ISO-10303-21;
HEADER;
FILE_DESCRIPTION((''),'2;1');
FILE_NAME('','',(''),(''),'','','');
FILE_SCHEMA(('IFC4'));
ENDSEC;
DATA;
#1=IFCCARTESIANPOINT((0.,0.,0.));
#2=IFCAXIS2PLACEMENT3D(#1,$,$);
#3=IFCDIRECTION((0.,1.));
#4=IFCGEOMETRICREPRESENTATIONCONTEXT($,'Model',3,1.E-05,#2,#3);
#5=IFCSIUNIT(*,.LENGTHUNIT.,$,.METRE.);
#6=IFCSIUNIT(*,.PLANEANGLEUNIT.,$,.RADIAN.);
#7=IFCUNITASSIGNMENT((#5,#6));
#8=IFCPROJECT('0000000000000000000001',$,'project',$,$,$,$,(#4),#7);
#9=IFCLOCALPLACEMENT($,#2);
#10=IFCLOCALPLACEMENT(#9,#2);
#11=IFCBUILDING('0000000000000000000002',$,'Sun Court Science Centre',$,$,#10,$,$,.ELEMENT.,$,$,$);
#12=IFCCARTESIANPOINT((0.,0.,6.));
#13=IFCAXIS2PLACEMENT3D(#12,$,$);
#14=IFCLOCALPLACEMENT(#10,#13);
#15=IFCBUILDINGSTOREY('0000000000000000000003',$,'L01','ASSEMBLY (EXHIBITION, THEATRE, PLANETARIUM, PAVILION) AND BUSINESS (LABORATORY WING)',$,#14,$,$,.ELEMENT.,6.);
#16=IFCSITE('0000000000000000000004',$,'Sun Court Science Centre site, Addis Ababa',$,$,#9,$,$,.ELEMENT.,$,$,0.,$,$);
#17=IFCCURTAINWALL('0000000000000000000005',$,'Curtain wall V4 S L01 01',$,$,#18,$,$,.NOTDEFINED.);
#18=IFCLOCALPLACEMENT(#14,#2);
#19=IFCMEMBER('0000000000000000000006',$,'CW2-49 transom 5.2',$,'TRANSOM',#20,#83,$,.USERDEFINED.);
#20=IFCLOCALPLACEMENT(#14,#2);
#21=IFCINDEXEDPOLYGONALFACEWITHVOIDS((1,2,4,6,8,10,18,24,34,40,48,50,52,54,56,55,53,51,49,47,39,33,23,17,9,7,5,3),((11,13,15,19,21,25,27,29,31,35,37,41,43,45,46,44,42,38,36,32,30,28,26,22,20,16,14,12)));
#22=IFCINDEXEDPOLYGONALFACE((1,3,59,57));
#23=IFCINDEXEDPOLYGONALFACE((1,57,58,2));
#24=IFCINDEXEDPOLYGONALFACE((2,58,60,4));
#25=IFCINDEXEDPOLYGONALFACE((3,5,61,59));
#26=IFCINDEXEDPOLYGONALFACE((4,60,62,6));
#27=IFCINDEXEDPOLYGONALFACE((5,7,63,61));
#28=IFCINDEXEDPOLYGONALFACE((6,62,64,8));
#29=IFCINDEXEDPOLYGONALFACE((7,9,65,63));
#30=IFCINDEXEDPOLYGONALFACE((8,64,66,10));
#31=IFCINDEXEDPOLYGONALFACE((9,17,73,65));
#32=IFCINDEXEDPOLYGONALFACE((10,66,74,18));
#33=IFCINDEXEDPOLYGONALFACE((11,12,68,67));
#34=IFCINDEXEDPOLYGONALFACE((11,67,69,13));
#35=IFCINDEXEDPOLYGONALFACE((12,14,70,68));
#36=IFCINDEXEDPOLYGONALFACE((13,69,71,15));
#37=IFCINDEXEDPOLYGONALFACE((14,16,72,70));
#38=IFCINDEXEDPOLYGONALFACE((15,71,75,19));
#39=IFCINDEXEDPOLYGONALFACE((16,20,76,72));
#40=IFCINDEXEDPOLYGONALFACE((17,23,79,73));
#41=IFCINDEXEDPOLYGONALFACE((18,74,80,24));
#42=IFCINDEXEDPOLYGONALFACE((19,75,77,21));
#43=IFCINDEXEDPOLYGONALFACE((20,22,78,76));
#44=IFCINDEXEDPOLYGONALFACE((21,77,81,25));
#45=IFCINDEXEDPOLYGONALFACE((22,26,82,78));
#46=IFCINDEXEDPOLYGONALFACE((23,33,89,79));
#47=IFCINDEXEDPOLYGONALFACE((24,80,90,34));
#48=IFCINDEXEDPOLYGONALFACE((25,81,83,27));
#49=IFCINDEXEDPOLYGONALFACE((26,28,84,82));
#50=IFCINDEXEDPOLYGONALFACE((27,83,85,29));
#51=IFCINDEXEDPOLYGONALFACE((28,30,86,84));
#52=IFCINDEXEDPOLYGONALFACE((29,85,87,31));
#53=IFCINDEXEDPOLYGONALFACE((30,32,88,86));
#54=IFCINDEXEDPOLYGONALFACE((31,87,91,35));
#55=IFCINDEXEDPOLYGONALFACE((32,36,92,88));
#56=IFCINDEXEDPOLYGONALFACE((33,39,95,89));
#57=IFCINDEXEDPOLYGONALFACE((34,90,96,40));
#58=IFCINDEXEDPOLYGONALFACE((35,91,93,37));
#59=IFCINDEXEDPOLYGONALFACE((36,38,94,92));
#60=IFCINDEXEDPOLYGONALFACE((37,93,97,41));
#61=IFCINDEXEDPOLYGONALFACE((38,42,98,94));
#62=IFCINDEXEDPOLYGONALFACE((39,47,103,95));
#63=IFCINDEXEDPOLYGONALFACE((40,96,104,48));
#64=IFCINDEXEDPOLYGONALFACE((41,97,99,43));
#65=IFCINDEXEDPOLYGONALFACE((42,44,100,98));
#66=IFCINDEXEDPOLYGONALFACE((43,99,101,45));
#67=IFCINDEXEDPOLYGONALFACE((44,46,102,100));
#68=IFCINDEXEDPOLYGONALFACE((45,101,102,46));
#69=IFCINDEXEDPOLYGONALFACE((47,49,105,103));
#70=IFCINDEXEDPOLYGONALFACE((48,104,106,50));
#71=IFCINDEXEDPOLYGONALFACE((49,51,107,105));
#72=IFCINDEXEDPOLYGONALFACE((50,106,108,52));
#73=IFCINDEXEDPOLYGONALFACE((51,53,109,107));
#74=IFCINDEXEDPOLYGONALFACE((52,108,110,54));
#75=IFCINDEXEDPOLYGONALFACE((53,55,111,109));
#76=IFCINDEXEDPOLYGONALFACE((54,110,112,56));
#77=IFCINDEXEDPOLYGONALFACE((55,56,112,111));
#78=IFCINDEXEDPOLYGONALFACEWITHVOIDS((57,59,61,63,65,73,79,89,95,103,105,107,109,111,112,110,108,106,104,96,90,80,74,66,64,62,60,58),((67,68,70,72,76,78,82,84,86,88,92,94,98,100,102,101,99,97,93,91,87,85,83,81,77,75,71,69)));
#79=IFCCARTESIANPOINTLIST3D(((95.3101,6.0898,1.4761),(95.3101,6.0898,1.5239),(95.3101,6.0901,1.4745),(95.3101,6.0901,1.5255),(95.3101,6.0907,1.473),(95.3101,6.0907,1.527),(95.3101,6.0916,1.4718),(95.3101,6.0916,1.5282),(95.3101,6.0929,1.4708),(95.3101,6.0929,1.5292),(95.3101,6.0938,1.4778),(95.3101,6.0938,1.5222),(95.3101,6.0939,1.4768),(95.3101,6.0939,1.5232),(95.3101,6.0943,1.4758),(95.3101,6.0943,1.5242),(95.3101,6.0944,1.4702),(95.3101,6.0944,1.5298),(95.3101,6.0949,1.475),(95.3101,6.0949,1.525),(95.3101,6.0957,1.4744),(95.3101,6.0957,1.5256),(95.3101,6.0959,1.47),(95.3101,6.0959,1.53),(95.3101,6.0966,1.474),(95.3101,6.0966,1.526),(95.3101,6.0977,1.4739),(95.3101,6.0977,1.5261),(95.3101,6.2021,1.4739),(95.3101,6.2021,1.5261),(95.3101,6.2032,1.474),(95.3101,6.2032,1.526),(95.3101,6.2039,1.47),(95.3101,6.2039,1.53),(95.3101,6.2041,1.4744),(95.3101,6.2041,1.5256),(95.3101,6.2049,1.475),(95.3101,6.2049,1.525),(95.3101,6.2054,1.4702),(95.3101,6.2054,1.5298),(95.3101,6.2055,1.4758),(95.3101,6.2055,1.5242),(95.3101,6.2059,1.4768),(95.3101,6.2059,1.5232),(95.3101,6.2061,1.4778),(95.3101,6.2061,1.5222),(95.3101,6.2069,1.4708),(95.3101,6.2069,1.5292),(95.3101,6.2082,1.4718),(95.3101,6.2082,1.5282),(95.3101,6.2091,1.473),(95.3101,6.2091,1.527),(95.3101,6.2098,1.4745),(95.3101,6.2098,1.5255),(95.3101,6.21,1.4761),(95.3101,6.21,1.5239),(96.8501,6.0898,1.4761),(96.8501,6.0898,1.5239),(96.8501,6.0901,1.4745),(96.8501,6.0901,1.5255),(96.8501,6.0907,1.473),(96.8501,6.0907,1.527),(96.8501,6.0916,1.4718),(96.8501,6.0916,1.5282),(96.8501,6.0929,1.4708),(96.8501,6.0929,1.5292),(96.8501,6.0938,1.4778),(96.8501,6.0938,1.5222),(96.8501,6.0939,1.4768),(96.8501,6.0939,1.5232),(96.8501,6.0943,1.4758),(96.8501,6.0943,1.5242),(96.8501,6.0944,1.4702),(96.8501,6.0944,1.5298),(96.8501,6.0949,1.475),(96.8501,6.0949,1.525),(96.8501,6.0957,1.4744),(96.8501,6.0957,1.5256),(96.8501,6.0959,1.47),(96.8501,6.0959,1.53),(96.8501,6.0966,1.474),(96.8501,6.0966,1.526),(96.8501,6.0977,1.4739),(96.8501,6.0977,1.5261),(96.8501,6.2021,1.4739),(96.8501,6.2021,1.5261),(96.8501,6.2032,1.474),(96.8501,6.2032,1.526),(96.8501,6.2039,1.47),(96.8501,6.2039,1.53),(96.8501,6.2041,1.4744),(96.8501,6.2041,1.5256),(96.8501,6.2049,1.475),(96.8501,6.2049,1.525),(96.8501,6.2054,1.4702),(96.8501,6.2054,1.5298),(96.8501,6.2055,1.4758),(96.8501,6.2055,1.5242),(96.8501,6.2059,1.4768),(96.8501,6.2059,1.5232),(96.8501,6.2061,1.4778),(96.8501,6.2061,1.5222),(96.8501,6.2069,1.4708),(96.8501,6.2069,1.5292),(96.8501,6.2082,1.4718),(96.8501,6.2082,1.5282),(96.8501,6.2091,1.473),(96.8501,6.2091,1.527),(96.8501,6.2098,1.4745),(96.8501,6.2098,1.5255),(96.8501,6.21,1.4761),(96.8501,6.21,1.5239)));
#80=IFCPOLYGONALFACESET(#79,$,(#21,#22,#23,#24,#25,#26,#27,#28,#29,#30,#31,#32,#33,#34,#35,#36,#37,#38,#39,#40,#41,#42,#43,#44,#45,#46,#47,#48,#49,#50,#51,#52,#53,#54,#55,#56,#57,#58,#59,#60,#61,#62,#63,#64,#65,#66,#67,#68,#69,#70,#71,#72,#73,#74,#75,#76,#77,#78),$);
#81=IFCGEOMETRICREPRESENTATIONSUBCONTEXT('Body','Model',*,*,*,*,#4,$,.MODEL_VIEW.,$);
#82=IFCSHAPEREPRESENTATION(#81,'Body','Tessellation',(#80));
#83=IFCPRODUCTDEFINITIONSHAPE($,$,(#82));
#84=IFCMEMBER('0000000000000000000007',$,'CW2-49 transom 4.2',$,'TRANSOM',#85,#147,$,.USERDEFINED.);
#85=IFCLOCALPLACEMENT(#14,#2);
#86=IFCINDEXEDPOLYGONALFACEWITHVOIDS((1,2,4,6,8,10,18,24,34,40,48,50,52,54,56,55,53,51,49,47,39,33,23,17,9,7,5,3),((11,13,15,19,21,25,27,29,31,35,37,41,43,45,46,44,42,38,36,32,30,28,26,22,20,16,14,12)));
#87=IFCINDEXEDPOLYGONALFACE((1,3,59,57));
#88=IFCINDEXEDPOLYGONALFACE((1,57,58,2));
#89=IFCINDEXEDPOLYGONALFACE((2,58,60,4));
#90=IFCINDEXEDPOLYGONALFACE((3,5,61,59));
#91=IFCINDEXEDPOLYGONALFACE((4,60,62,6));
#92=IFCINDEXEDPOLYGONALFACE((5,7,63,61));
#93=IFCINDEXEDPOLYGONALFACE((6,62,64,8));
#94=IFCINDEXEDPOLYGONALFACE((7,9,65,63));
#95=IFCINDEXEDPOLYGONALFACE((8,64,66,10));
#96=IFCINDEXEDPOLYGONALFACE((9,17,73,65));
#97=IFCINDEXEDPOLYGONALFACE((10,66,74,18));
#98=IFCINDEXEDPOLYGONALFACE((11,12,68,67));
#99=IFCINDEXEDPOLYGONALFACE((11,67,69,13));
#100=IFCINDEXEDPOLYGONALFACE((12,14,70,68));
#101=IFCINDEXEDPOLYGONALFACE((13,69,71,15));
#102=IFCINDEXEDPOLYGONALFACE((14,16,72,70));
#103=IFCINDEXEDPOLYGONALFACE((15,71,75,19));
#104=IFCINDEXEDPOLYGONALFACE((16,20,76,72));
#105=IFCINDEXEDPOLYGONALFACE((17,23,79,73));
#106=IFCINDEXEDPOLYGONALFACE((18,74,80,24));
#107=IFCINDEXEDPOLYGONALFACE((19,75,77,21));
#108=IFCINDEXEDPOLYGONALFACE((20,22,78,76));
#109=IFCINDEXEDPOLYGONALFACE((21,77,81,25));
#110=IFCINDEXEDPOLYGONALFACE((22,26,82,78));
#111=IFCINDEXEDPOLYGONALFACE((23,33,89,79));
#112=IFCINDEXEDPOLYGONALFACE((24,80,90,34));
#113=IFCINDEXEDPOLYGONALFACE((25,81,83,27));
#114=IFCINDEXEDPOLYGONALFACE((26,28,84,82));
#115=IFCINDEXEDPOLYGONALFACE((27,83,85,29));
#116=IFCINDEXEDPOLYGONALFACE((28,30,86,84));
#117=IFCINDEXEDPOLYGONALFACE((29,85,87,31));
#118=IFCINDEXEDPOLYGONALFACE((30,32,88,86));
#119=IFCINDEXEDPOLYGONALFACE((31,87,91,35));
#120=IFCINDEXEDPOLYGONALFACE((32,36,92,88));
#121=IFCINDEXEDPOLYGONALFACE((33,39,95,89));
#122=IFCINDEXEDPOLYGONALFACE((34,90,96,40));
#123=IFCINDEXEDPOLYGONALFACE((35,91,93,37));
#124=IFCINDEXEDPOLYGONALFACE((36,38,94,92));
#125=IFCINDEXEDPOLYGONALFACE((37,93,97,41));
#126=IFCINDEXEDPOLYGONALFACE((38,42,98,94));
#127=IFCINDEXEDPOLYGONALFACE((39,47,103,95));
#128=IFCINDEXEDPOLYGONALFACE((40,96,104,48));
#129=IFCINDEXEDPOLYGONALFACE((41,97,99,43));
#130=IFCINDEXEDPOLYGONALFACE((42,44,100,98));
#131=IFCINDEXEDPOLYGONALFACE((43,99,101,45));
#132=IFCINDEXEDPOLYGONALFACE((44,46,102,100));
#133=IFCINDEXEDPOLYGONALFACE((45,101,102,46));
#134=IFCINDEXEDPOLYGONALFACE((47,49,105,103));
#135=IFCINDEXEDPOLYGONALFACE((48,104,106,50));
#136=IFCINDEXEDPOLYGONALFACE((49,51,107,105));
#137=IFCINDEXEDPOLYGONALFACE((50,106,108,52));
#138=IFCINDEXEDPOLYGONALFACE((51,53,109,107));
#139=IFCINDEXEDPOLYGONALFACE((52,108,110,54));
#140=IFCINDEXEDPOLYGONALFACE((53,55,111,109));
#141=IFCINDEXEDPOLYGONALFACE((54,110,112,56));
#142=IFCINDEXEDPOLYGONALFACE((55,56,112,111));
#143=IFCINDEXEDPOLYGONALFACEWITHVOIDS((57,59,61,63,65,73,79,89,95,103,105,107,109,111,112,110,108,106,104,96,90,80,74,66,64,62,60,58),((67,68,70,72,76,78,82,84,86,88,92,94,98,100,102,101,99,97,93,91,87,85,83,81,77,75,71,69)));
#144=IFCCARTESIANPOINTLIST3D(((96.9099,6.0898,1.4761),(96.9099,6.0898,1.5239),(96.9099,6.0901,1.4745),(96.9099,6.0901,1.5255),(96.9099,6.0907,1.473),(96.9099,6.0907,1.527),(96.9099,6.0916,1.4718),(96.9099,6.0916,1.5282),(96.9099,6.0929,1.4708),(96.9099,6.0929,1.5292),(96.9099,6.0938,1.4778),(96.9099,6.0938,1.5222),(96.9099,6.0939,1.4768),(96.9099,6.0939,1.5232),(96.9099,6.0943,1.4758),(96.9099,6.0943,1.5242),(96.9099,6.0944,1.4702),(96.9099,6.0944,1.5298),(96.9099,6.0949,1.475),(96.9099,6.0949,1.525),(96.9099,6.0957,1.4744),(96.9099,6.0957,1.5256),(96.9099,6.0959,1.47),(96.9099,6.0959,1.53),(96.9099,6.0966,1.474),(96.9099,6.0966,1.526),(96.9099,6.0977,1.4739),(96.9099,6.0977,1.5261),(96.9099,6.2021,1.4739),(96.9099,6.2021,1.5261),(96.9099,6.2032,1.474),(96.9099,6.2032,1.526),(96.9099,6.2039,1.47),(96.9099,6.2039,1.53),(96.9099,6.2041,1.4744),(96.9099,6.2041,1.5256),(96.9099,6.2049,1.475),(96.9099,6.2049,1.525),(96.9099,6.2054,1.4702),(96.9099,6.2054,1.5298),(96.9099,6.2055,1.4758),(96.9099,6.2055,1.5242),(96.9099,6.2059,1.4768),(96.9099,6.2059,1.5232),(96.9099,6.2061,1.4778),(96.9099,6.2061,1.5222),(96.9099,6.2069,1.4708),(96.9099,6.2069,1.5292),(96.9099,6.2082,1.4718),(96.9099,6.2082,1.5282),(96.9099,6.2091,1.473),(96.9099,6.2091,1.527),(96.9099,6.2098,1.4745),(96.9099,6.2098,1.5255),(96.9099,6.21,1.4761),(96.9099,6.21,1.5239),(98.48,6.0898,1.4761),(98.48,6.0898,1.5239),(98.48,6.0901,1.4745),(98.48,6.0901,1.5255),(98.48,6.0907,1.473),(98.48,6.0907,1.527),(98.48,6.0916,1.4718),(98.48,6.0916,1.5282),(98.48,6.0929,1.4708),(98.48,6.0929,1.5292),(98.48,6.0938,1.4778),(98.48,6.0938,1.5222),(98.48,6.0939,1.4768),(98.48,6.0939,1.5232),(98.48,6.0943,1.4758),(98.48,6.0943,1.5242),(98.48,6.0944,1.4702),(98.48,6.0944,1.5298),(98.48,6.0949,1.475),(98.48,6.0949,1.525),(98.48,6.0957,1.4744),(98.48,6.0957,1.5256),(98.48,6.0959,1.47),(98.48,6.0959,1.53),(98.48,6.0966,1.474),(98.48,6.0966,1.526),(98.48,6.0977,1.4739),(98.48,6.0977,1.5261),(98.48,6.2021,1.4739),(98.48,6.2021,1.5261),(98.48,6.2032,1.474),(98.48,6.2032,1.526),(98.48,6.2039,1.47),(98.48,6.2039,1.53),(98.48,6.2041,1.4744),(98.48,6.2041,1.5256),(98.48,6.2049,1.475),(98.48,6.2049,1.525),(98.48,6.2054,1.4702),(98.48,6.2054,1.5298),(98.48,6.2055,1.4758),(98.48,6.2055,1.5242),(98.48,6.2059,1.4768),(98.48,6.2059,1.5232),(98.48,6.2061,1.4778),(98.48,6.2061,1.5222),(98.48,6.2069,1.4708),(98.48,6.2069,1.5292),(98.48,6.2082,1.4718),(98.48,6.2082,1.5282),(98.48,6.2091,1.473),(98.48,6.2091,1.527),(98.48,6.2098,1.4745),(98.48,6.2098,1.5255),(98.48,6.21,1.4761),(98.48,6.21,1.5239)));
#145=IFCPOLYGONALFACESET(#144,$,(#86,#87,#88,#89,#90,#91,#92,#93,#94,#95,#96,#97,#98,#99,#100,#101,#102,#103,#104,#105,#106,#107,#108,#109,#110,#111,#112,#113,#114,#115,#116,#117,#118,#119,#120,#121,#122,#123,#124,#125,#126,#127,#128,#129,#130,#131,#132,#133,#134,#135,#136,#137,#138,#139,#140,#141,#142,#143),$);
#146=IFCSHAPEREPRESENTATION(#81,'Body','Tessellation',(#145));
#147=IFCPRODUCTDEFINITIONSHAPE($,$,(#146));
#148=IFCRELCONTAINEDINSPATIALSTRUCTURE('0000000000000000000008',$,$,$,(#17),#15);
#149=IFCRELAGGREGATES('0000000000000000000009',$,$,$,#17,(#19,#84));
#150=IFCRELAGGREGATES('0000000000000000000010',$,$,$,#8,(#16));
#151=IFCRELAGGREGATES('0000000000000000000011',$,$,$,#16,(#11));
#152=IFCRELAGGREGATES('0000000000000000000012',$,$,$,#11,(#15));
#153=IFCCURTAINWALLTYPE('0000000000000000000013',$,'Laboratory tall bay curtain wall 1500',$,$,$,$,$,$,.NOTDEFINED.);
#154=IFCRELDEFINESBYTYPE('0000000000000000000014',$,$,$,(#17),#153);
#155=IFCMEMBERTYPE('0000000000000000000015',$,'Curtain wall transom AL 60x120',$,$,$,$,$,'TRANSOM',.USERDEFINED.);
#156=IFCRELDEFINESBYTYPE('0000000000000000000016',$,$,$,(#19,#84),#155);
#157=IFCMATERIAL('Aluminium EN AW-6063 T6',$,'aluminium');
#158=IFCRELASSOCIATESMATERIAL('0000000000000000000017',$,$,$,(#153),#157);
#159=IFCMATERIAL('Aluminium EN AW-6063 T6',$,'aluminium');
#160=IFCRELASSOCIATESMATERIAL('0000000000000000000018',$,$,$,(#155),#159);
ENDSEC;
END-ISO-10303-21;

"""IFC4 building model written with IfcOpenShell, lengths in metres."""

from ifc_helpers import new_model, si_unit, direction, frame, origin, origin_2d, place, context, subcontext, project, spatial, hollow_rectangle, extrude, material, material_profile, profile_set, type_object, element, aggregate, save


model = new_model("IFC4")

# Units and contexts
model_context = context("Model", 3, precision=1e-05, world=origin(), true_north=direction((0.0, 1.0)))
body_context = subcontext(model_context, "Body", "Model", "MODEL_VIEW")
ifc_project = project(units=[si_unit("LENGTHUNIT", "METRE"), si_unit("PLANEANGLEUNIT", "RADIAN")], contexts=[model_context])

# Site, building, storey
site_placement = place(None, origin())
site = spatial("IfcSite", under=ifc_project, at=site_placement, Name="Sun Court Science Centre site, Addis Ababa", CompositionType="ELEMENT", RefElevation=0.0)
building_placement = place(site_placement, origin())
building = spatial("IfcBuilding", under=site, at=building_placement, Name="Sun Court Science Centre", CompositionType="ELEMENT")
storey_placement = place(building_placement, frame((0.0, 0.0, 6.0)))
storey = spatial("IfcBuildingStorey", under=building, at=storey_placement, Name="L01", Description="ASSEMBLY (EXHIBITION, THEATRE, PLANETARIUM, PAVILION) AND BUSINESS (LABORATORY WING)", CompositionType="ELEMENT", Elevation=6.0)

# Curtain wall
ifc_material_1 = material(Name="Aluminium EN AW-6063 T6", Category="aluminium")
curtain_wall_type = type_object("IfcCurtainWallType", Name="Laboratory tall bay curtain wall 1500", PredefinedType="NOTDEFINED", material=ifc_material_1)
curtain_wall_1_placement = place(storey_placement, origin())
curtain_wall_1 = element("IfcCurtainWall", 1, at=curtain_wall_1_placement, inside=storey, type_object=curtain_wall_type, Name="Curtain wall V4 S L01 01", PredefinedType="NOTDEFINED")

# Members
ifc_material_2 = material(Name="Aluminium EN AW-6063 T6", Category="aluminium")
ifc_material_profile_1 = material_profile(ifc_material_2, hollow_rectangle(XDim=0.0601, YDim=0.1201, WallThickness=0.0039, InnerFilletRadius=0.0039, OuterFilletRadius=0.0061, at=origin_2d()), Name="AL 60x120x4")
ifc_profile_set_1 = profile_set([ifc_material_profile_1], Name="Aluminium EN AW-6063 T6")
member_type_1 = type_object("IfcMemberType", Name="Curtain wall transom AL 60x120", ElementType="TRANSOM", PredefinedType="USERDEFINED", material=ifc_profile_set_1)
member_1_placement = place(storey_placement, frame((96.8501, 6.1499, 1.5), z_axis=(-1.0, 0.0, 0.0), x_axis=(0.0, 0.0, 1.0)))
member_1 = element("IfcMember", 2, at=member_1_placement, type_object=member_type_1, Name="CW2-49 transom 5.2", ObjectType="TRANSOM", PredefinedType="USERDEFINED", context=body_context, shape_type="SweptSolid", body=[
    extrude(hollow_rectangle(XDim=0.0601, YDim=0.1201, WallThickness=0.0039, InnerFilletRadius=0.0039, OuterFilletRadius=0.0061, at=origin_2d()), origin(), (0.0, 0.0, 1.0), 1.54),
])
member_2_placement = place(storey_placement, frame((98.48, 6.1499, 1.5), z_axis=(-1.0, 0.0, 0.0), x_axis=(0.0, 0.0, 1.0)))
member_2 = element("IfcMember", 3, at=member_2_placement, type_object=member_type_1, Name="CW2-49 transom 4.2", ObjectType="TRANSOM", PredefinedType="USERDEFINED", context=body_context, shape_type="SweptSolid", body=[
    extrude(hollow_rectangle(XDim=0.0601, YDim=0.1201, WallThickness=0.0039, InnerFilletRadius=0.0039, OuterFilletRadius=0.0061, at=origin_2d()), origin(), (0.0, 0.0, 1.0), 1.5701),
])

aggregate(curtain_wall_1, [member_1, member_2])

save(model, "model.ifc")
